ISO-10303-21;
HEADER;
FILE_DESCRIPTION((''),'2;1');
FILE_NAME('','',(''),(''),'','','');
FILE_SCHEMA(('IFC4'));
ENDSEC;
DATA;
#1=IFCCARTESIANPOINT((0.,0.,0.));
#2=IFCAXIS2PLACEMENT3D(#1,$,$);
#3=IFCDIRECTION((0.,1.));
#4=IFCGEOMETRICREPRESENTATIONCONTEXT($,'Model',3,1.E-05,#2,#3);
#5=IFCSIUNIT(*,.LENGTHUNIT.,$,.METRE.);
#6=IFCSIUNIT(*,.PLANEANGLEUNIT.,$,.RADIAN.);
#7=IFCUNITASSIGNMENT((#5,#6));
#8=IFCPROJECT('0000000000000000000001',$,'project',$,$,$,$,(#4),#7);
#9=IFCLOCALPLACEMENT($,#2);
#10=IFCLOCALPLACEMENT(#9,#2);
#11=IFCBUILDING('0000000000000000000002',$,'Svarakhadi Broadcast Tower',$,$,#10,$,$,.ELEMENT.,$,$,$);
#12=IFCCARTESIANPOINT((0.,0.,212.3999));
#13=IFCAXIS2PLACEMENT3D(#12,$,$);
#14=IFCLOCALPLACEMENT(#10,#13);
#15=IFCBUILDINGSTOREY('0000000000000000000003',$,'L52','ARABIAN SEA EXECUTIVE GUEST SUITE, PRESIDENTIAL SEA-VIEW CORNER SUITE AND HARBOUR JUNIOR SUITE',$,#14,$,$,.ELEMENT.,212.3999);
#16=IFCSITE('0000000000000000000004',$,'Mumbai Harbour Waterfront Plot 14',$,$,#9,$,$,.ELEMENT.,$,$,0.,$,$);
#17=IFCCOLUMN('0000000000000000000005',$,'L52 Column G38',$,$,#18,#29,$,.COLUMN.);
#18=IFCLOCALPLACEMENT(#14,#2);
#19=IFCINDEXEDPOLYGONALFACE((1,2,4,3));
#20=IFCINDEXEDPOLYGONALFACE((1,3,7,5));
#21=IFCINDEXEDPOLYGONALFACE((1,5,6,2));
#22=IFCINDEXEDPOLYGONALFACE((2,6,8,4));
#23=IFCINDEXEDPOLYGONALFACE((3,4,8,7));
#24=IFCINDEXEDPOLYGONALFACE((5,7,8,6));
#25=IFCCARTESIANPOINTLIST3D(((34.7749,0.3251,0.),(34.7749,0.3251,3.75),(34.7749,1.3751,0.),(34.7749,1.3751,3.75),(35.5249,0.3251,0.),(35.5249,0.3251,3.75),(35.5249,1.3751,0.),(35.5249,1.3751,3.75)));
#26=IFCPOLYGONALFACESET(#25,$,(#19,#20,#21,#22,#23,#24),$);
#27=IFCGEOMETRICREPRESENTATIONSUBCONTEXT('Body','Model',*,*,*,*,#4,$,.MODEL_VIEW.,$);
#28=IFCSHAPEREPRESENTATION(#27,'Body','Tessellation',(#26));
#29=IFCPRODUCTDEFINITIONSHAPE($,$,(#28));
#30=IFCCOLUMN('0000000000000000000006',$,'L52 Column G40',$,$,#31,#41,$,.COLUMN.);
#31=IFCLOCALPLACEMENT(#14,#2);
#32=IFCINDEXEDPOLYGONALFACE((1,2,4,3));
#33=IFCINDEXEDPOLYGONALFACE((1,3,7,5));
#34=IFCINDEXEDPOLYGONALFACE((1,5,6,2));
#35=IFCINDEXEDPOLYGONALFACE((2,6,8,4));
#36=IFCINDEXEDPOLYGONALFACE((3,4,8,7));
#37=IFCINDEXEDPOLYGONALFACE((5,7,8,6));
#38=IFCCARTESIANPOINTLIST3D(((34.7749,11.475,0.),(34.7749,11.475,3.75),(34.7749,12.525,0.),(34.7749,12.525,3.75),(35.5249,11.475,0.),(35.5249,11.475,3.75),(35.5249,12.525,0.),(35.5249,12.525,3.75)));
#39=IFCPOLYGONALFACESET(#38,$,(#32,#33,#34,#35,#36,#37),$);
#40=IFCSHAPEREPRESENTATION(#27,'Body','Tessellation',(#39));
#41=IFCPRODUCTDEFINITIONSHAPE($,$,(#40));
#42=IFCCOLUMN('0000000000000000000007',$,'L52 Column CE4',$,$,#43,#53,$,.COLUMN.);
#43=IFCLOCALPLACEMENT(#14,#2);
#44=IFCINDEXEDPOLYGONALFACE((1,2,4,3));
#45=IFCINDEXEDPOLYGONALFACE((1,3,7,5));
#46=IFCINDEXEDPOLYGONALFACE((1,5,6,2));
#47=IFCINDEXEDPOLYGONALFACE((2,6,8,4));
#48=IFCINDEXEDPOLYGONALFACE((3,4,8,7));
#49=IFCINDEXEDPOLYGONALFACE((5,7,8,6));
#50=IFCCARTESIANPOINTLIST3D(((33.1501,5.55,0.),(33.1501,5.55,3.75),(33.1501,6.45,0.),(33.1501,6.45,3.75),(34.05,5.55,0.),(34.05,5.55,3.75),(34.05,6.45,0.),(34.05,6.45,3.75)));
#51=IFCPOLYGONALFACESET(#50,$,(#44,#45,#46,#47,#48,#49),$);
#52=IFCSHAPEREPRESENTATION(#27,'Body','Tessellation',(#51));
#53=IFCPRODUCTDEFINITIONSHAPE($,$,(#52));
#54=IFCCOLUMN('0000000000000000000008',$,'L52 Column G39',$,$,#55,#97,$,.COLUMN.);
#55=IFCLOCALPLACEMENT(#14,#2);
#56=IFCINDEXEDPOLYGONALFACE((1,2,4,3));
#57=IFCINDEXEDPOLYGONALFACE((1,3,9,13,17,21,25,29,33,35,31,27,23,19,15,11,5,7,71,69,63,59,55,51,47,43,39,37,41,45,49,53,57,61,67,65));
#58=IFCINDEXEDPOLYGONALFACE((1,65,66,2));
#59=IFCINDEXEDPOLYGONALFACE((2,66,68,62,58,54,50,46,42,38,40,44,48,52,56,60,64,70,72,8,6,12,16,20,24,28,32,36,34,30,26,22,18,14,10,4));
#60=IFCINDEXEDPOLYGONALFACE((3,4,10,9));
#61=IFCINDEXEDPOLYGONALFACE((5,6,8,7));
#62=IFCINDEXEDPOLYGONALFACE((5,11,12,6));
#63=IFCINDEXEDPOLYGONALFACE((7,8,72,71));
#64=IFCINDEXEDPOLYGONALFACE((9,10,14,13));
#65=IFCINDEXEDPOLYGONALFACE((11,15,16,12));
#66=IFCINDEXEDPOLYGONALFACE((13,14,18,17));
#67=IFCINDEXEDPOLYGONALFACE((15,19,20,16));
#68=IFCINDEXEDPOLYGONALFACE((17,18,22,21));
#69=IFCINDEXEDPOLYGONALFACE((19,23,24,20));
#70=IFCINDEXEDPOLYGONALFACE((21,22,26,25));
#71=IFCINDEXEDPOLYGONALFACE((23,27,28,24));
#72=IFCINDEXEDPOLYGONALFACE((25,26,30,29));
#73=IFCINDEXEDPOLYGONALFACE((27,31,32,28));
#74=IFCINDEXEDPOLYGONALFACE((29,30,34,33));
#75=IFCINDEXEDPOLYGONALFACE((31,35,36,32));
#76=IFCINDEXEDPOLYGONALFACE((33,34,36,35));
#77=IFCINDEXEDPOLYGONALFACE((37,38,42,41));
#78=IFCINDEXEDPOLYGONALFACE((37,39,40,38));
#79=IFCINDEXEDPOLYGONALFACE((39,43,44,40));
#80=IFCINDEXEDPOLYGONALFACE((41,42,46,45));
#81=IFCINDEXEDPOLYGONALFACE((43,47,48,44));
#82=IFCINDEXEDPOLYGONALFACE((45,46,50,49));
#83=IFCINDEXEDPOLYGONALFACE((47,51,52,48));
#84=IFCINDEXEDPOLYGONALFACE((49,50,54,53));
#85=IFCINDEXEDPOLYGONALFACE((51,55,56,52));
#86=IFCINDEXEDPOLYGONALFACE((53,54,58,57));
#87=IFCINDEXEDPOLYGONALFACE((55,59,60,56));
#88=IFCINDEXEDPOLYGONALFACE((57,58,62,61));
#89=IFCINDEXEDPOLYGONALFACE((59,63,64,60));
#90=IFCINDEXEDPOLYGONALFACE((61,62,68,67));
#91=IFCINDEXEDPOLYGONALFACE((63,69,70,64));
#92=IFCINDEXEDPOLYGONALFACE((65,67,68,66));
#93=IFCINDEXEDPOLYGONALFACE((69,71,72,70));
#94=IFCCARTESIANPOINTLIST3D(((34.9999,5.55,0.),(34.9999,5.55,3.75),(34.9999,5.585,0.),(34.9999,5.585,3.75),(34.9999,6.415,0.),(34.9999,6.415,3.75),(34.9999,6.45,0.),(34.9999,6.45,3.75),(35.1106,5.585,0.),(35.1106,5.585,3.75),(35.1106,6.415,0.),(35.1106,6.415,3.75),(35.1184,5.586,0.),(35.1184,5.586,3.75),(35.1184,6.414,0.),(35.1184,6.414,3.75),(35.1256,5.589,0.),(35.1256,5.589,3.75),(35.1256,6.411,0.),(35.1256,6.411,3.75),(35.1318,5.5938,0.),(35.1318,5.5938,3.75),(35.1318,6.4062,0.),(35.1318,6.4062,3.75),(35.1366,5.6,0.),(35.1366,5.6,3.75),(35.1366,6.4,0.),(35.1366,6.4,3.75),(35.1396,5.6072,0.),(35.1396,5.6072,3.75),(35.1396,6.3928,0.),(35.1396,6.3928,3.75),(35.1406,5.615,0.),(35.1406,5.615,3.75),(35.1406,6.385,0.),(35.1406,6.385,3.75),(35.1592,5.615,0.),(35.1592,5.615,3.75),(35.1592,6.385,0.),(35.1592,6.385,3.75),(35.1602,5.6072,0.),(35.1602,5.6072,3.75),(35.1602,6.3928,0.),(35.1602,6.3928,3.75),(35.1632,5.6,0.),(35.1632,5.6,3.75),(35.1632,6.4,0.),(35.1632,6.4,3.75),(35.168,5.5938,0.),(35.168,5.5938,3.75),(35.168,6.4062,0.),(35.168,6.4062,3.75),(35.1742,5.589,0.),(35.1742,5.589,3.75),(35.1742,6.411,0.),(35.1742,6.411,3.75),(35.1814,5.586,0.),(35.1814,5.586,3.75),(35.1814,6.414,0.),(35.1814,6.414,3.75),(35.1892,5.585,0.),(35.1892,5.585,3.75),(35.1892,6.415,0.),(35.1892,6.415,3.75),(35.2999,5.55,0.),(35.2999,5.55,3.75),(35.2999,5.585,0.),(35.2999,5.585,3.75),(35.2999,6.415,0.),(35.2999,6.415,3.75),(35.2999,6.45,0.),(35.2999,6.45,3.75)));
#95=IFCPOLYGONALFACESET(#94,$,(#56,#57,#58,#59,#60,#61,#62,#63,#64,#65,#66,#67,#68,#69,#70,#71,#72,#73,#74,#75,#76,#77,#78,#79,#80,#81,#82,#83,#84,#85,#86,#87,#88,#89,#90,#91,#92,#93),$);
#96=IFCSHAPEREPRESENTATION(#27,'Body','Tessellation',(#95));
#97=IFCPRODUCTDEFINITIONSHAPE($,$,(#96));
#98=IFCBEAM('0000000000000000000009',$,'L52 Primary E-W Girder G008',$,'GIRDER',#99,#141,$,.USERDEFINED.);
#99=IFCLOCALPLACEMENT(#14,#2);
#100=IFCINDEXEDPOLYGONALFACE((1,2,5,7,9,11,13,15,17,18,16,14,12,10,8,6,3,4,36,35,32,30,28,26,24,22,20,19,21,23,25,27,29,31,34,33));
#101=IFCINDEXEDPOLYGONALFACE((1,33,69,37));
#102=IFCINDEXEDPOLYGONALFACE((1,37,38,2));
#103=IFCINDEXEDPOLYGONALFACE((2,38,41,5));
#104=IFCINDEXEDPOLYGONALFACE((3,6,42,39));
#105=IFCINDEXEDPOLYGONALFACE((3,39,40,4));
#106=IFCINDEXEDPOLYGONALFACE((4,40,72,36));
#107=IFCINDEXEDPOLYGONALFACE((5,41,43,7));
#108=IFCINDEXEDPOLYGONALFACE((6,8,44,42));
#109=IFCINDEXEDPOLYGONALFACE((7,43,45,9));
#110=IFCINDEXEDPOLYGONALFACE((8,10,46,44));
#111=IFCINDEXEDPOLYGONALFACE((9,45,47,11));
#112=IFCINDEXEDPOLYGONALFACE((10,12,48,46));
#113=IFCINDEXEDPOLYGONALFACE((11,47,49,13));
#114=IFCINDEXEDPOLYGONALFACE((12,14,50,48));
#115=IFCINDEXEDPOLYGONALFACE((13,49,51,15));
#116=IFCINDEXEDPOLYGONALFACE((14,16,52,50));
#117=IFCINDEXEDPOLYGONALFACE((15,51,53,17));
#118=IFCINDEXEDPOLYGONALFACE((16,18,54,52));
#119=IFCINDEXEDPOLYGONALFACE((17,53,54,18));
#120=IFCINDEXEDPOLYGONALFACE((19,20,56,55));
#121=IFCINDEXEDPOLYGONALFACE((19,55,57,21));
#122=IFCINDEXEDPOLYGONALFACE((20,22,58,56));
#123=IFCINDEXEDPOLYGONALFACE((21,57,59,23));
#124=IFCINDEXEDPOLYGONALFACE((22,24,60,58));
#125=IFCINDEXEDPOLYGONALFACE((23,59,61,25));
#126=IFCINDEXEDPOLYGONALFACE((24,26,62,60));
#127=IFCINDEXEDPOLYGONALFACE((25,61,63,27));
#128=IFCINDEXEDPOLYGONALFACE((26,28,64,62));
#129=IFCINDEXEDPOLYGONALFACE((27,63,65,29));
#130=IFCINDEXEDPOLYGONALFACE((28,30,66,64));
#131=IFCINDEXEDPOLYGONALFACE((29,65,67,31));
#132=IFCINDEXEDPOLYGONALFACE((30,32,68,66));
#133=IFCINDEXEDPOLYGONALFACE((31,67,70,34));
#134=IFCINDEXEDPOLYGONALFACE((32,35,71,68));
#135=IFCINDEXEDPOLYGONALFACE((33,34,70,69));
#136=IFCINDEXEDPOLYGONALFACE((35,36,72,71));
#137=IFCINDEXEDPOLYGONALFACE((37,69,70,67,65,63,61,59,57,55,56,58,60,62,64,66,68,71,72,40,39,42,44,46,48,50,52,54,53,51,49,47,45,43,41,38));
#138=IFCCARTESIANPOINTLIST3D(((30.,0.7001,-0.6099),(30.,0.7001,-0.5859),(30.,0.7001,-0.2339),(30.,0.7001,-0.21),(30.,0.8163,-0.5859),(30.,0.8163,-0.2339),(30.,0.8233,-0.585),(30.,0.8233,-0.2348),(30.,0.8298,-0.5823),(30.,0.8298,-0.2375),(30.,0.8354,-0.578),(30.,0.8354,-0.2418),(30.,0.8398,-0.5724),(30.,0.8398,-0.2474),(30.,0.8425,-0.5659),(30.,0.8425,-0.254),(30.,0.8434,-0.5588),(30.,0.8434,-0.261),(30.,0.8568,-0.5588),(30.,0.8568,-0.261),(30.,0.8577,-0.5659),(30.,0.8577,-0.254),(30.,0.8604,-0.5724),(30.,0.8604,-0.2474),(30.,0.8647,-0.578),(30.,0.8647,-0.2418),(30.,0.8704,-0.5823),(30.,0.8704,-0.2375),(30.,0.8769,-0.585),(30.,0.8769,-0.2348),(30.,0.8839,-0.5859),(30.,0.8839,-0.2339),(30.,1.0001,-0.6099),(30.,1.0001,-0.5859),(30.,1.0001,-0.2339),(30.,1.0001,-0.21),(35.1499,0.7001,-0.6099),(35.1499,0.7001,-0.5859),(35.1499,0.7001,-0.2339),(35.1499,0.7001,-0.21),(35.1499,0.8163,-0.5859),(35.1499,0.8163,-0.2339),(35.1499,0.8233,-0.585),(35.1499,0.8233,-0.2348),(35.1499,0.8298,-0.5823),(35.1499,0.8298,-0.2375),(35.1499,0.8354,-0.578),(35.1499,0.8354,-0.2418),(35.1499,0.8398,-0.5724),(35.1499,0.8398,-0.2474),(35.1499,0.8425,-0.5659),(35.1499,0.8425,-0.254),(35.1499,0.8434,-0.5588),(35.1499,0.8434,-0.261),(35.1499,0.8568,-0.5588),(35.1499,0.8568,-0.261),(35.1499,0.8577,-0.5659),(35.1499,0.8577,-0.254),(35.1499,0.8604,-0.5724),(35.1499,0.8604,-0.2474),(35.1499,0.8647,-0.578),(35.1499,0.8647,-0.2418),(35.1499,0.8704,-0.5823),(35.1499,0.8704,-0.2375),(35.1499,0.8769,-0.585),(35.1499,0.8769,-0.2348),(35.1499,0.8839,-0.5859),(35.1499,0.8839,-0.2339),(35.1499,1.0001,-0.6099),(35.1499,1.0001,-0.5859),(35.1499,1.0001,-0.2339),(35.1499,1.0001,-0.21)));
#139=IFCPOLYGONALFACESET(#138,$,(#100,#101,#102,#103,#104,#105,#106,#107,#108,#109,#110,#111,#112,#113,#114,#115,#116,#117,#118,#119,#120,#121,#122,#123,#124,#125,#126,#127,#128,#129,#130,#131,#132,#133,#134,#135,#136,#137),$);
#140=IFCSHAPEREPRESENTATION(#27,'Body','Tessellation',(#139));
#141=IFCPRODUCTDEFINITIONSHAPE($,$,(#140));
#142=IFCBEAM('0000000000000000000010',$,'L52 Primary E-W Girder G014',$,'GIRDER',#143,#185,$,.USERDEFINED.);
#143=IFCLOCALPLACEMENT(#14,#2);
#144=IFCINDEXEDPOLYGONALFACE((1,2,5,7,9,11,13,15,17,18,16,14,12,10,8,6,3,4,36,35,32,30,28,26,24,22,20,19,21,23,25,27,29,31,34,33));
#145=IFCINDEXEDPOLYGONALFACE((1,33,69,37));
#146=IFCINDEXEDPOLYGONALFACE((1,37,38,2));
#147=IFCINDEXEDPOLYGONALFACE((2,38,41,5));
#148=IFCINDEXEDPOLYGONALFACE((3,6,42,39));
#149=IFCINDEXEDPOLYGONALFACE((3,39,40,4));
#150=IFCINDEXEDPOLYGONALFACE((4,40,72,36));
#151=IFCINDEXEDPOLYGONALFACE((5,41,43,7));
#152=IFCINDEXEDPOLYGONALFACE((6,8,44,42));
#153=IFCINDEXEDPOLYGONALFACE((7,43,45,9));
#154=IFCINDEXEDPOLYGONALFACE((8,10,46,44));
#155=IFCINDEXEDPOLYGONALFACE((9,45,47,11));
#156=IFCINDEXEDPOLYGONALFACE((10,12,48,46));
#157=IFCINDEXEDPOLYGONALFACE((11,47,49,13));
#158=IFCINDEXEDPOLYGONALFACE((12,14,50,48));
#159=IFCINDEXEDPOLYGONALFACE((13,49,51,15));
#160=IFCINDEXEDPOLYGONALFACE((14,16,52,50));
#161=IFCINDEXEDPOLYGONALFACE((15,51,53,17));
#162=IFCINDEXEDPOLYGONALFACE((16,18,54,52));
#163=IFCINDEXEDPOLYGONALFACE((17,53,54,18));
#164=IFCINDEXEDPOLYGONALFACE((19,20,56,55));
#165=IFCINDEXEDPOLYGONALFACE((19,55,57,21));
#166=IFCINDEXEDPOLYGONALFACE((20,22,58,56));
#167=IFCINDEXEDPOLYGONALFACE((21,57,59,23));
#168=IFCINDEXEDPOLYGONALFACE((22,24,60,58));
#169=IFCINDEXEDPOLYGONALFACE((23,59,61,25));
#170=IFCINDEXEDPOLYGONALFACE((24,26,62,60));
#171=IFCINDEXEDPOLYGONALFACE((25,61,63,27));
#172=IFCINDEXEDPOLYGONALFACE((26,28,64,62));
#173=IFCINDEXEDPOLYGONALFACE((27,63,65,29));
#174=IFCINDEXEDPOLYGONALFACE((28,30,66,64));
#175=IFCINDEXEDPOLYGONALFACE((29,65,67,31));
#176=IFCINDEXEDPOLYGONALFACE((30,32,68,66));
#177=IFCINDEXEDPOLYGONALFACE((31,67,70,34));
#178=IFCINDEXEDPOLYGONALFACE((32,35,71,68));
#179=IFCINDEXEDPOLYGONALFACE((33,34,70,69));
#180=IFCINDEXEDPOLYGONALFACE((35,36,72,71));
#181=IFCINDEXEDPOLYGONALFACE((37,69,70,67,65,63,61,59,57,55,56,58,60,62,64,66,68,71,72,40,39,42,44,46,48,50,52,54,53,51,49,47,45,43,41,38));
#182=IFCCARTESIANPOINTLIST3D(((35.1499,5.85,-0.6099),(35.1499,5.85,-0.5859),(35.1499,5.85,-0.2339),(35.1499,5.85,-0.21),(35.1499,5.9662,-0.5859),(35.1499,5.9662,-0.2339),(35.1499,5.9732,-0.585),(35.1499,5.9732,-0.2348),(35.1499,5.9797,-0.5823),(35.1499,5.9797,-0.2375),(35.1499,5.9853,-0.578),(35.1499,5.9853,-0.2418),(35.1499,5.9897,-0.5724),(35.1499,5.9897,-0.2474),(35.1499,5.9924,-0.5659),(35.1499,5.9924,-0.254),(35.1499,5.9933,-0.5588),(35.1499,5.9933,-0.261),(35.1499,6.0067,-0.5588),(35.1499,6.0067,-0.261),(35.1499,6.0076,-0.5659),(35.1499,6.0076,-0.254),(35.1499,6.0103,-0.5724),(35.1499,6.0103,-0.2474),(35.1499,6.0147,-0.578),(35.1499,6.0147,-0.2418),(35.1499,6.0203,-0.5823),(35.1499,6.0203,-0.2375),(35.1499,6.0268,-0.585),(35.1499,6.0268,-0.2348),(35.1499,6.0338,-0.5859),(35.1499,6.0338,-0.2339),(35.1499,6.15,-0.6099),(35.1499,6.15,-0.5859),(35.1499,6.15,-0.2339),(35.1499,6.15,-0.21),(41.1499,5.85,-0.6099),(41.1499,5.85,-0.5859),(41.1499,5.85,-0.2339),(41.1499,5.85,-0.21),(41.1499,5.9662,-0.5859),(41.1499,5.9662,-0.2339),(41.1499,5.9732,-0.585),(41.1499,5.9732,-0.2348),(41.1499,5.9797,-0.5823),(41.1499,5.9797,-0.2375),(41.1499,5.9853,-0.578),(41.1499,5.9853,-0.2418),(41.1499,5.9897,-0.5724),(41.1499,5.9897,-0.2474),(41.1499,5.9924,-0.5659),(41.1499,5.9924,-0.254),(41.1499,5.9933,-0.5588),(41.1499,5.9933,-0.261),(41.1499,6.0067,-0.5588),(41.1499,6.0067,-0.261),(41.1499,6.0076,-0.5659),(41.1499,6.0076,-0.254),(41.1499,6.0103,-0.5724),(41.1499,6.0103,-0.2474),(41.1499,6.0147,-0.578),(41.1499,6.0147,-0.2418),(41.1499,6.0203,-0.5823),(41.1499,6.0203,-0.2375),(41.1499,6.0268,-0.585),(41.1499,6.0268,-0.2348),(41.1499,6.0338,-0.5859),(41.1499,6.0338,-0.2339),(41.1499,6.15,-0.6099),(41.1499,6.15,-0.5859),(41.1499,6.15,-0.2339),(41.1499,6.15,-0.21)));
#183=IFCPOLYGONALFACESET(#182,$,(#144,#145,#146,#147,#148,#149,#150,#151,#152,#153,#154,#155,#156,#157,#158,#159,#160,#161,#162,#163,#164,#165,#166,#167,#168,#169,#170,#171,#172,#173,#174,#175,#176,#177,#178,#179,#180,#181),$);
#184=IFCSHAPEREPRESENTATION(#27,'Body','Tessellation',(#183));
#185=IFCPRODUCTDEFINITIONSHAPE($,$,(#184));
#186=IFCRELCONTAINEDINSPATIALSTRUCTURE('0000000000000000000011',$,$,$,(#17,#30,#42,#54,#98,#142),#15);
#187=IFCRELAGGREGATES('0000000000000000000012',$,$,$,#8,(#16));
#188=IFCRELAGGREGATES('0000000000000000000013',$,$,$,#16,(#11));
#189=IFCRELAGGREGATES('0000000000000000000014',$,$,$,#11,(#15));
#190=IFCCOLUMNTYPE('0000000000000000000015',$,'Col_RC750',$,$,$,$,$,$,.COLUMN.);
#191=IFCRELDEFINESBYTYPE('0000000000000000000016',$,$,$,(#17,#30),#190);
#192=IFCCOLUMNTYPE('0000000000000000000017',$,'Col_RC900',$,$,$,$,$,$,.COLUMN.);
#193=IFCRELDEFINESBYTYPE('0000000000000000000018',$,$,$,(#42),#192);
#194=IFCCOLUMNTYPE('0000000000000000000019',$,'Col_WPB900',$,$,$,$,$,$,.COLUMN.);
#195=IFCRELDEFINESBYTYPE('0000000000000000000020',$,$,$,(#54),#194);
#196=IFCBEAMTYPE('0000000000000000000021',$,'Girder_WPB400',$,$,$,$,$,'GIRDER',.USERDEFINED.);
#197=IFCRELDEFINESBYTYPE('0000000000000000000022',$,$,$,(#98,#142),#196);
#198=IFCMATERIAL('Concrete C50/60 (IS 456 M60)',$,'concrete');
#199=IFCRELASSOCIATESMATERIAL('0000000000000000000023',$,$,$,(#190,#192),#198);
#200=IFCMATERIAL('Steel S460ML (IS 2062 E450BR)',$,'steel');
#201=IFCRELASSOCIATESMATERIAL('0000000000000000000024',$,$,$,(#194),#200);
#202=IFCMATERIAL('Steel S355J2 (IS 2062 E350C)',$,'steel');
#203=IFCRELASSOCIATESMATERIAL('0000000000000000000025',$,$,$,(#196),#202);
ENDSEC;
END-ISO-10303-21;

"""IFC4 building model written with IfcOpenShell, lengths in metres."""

from ifc_helpers import new_model, si_unit, direction, frame, origin, origin_2d, place, context, subcontext, project, spatial, rectangle, i_section, extrude, material, material_profile, profile_set, type_object, element, save


model = new_model("IFC4")

# Units and contexts
model_context = context("Model", 3, precision=1e-05, world=origin(), true_north=direction((0.0, 1.0)))
body_context = subcontext(model_context, "Body", "Model", "MODEL_VIEW")
ifc_project = project(units=[si_unit("LENGTHUNIT", "METRE"), si_unit("PLANEANGLEUNIT", "RADIAN")], contexts=[model_context])

# Site, building, storey
site_placement = place(None, origin())
site = spatial("IfcSite", under=ifc_project, at=site_placement, Name="Mumbai Harbour Waterfront Plot 14", CompositionType="ELEMENT", RefElevation=0.0)
building_placement = place(site_placement, origin())
building = spatial("IfcBuilding", under=site, at=building_placement, Name="Svarakhadi Broadcast Tower", CompositionType="ELEMENT")
storey_placement = place(building_placement, frame((0.0, 0.0, 212.3999)))
storey = spatial("IfcBuildingStorey", under=building, at=storey_placement, Name="L52", Description="ARABIAN SEA EXECUTIVE GUEST SUITE, PRESIDENTIAL SEA-VIEW CORNER SUITE AND HARBOUR JUNIOR SUITE", CompositionType="ELEMENT", Elevation=212.3999)

# Columns
ifc_material_1 = material(Name="Concrete C50/60 (IS 456 M60)", Category="concrete")
ifc_material_profile_1 = material_profile(ifc_material_1, rectangle(XDim=0.75, YDim=1.05, at=origin_2d()), Name="RC 750x1050")
ifc_profile_set_1 = profile_set([ifc_material_profile_1], Name="Concrete C50/60 (IS 456 M60)")
column_type_1 = type_object("IfcColumnType", Name="Col_RC750", PredefinedType="COLUMN", material=ifc_profile_set_1)
for number, where, z_axis, x_axis, name in (
    (1, (35.1499, 0.8501, 0.0), (0.0, 0.0, 1.0), (1.0, 0.0, 0.0), "L52 Column G38"),
    (2, (35.1499, 12.0, 0.0), (0.0, 0.0, 1.0), (1.0, 0.0, 0.0), "L52 Column G40"),
):
    element("IfcColumn", number, at=place(storey_placement, frame(where, z_axis=z_axis, x_axis=x_axis)), inside=storey, type_object=column_type_1, Name=name, PredefinedType="COLUMN", context=body_context, shape_type="SweptSolid", body=[
        extrude(rectangle(XDim=0.75, YDim=1.05, at=origin_2d()), origin(), (0.0, 0.0, 1.0), 3.75),
    ])
ifc_material_profile_2 = material_profile(ifc_material_1, rectangle(XDim=0.8999, YDim=0.8999, at=origin_2d()), Name="RC 900x900")
ifc_profile_set_2 = profile_set([ifc_material_profile_2], Name="Concrete C50/60 (IS 456 M60)")
column_type_2 = type_object("IfcColumnType", Name="Col_RC900", PredefinedType="COLUMN", material=ifc_profile_set_2)
column_1_placement = place(storey_placement, frame((33.6001, 6.0, 0.0), z_axis=(0.0, 0.0, 1.0), x_axis=(1.0, 0.0, 0.0)))
element("IfcColumn", 3, at=column_1_placement, inside=storey, type_object=column_type_2, Name="L52 Column CE4", PredefinedType="COLUMN", context=body_context, shape_type="SweptSolid", body=[
    extrude(rectangle(XDim=0.8999, YDim=0.8999, at=origin_2d()), origin(), (0.0, 0.0, 1.0), 3.75),
])
ifc_material_2 = material(Name="Steel S460ML (IS 2062 E450BR)", Category="steel")
ifc_material_profile_3 = material_profile(ifc_material_2, i_section(OverallWidth=0.3, OverallDepth=0.8999, WebThickness=0.0186, FlangeThickness=0.0349, FilletRadius=0.03, at=origin_2d()), Name="WPB 900x300x291")
ifc_profile_set_3 = profile_set([ifc_material_profile_3], Name="Steel S460ML (IS 2062 E450BR)")
column_type_3 = type_object("IfcColumnType", Name="Col_WPB900", PredefinedType="COLUMN", material=ifc_profile_set_3)
column_2_placement = place(storey_placement, frame((35.1499, 6.0, 0.0), z_axis=(0.0, 0.0, 1.0), x_axis=(1.0, 0.0, 0.0)))
element("IfcColumn", 4, at=column_2_placement, inside=storey, type_object=column_type_3, Name="L52 Column G39", PredefinedType="COLUMN", context=body_context, shape_type="SweptSolid", body=[
    extrude(i_section(OverallWidth=0.3, OverallDepth=0.8999, WebThickness=0.0186, FlangeThickness=0.0349, FilletRadius=0.03, at=origin_2d()), origin(), (0.0, 0.0, 1.0), 3.75),
])

# Beams
ifc_material_3 = material(Name="Steel S355J2 (IS 2062 E350C)", Category="steel")
ifc_material_profile_4 = material_profile(ifc_material_3, i_section(OverallWidth=0.3, OverallDepth=0.3999, WebThickness=0.0134, FlangeThickness=0.0239, FilletRadius=0.0271, at=origin_2d()), Name="WPB 400x300x155")
ifc_profile_set_4 = profile_set([ifc_material_profile_4], Name="Steel S355J2 (IS 2062 E350C)")
beam_type_1 = type_object("IfcBeamType", Name="Girder_WPB400", ElementType="GIRDER", PredefinedType="USERDEFINED", material=ifc_profile_set_4)
beam_1_placement = place(storey_placement, frame((30.0, 0.8501, -0.4099), z_axis=(1.0, 0.0, 0.0), x_axis=(0.0, 1.0, 0.0)))
element("IfcBeam", 5, at=beam_1_placement, inside=storey, type_object=beam_type_1, Name="L52 Primary E-W Girder G008", ObjectType="GIRDER", PredefinedType="USERDEFINED", context=body_context, shape_type="SweptSolid", body=[
    extrude(i_section(OverallWidth=0.3, OverallDepth=0.3999, WebThickness=0.0134, FlangeThickness=0.0239, FilletRadius=0.0271, at=origin_2d()), origin(), (0.0, 0.0, 1.0), 5.1499),
])
for number, where, z_axis, x_axis, name in (
    (6, (35.1499, 6.0, -0.4099), (1.0, 0.0, 0.0), (0.0, 1.0, 0.0), "L52 Primary E-W Girder G014"),
):
    element("IfcBeam", number, at=place(storey_placement, frame(where, z_axis=z_axis, x_axis=x_axis)), inside=storey, type_object=beam_type_1, Name=name, ObjectType="GIRDER", PredefinedType="USERDEFINED", context=body_context, shape_type="SweptSolid", body=[
        extrude(i_section(OverallWidth=0.3, OverallDepth=0.3999, WebThickness=0.0134, FlangeThickness=0.0239, FilletRadius=0.0271, at=origin_2d()), origin(), (0.0, 0.0, 1.0), 6.0),
    ])

save(model, "model.ifc")
